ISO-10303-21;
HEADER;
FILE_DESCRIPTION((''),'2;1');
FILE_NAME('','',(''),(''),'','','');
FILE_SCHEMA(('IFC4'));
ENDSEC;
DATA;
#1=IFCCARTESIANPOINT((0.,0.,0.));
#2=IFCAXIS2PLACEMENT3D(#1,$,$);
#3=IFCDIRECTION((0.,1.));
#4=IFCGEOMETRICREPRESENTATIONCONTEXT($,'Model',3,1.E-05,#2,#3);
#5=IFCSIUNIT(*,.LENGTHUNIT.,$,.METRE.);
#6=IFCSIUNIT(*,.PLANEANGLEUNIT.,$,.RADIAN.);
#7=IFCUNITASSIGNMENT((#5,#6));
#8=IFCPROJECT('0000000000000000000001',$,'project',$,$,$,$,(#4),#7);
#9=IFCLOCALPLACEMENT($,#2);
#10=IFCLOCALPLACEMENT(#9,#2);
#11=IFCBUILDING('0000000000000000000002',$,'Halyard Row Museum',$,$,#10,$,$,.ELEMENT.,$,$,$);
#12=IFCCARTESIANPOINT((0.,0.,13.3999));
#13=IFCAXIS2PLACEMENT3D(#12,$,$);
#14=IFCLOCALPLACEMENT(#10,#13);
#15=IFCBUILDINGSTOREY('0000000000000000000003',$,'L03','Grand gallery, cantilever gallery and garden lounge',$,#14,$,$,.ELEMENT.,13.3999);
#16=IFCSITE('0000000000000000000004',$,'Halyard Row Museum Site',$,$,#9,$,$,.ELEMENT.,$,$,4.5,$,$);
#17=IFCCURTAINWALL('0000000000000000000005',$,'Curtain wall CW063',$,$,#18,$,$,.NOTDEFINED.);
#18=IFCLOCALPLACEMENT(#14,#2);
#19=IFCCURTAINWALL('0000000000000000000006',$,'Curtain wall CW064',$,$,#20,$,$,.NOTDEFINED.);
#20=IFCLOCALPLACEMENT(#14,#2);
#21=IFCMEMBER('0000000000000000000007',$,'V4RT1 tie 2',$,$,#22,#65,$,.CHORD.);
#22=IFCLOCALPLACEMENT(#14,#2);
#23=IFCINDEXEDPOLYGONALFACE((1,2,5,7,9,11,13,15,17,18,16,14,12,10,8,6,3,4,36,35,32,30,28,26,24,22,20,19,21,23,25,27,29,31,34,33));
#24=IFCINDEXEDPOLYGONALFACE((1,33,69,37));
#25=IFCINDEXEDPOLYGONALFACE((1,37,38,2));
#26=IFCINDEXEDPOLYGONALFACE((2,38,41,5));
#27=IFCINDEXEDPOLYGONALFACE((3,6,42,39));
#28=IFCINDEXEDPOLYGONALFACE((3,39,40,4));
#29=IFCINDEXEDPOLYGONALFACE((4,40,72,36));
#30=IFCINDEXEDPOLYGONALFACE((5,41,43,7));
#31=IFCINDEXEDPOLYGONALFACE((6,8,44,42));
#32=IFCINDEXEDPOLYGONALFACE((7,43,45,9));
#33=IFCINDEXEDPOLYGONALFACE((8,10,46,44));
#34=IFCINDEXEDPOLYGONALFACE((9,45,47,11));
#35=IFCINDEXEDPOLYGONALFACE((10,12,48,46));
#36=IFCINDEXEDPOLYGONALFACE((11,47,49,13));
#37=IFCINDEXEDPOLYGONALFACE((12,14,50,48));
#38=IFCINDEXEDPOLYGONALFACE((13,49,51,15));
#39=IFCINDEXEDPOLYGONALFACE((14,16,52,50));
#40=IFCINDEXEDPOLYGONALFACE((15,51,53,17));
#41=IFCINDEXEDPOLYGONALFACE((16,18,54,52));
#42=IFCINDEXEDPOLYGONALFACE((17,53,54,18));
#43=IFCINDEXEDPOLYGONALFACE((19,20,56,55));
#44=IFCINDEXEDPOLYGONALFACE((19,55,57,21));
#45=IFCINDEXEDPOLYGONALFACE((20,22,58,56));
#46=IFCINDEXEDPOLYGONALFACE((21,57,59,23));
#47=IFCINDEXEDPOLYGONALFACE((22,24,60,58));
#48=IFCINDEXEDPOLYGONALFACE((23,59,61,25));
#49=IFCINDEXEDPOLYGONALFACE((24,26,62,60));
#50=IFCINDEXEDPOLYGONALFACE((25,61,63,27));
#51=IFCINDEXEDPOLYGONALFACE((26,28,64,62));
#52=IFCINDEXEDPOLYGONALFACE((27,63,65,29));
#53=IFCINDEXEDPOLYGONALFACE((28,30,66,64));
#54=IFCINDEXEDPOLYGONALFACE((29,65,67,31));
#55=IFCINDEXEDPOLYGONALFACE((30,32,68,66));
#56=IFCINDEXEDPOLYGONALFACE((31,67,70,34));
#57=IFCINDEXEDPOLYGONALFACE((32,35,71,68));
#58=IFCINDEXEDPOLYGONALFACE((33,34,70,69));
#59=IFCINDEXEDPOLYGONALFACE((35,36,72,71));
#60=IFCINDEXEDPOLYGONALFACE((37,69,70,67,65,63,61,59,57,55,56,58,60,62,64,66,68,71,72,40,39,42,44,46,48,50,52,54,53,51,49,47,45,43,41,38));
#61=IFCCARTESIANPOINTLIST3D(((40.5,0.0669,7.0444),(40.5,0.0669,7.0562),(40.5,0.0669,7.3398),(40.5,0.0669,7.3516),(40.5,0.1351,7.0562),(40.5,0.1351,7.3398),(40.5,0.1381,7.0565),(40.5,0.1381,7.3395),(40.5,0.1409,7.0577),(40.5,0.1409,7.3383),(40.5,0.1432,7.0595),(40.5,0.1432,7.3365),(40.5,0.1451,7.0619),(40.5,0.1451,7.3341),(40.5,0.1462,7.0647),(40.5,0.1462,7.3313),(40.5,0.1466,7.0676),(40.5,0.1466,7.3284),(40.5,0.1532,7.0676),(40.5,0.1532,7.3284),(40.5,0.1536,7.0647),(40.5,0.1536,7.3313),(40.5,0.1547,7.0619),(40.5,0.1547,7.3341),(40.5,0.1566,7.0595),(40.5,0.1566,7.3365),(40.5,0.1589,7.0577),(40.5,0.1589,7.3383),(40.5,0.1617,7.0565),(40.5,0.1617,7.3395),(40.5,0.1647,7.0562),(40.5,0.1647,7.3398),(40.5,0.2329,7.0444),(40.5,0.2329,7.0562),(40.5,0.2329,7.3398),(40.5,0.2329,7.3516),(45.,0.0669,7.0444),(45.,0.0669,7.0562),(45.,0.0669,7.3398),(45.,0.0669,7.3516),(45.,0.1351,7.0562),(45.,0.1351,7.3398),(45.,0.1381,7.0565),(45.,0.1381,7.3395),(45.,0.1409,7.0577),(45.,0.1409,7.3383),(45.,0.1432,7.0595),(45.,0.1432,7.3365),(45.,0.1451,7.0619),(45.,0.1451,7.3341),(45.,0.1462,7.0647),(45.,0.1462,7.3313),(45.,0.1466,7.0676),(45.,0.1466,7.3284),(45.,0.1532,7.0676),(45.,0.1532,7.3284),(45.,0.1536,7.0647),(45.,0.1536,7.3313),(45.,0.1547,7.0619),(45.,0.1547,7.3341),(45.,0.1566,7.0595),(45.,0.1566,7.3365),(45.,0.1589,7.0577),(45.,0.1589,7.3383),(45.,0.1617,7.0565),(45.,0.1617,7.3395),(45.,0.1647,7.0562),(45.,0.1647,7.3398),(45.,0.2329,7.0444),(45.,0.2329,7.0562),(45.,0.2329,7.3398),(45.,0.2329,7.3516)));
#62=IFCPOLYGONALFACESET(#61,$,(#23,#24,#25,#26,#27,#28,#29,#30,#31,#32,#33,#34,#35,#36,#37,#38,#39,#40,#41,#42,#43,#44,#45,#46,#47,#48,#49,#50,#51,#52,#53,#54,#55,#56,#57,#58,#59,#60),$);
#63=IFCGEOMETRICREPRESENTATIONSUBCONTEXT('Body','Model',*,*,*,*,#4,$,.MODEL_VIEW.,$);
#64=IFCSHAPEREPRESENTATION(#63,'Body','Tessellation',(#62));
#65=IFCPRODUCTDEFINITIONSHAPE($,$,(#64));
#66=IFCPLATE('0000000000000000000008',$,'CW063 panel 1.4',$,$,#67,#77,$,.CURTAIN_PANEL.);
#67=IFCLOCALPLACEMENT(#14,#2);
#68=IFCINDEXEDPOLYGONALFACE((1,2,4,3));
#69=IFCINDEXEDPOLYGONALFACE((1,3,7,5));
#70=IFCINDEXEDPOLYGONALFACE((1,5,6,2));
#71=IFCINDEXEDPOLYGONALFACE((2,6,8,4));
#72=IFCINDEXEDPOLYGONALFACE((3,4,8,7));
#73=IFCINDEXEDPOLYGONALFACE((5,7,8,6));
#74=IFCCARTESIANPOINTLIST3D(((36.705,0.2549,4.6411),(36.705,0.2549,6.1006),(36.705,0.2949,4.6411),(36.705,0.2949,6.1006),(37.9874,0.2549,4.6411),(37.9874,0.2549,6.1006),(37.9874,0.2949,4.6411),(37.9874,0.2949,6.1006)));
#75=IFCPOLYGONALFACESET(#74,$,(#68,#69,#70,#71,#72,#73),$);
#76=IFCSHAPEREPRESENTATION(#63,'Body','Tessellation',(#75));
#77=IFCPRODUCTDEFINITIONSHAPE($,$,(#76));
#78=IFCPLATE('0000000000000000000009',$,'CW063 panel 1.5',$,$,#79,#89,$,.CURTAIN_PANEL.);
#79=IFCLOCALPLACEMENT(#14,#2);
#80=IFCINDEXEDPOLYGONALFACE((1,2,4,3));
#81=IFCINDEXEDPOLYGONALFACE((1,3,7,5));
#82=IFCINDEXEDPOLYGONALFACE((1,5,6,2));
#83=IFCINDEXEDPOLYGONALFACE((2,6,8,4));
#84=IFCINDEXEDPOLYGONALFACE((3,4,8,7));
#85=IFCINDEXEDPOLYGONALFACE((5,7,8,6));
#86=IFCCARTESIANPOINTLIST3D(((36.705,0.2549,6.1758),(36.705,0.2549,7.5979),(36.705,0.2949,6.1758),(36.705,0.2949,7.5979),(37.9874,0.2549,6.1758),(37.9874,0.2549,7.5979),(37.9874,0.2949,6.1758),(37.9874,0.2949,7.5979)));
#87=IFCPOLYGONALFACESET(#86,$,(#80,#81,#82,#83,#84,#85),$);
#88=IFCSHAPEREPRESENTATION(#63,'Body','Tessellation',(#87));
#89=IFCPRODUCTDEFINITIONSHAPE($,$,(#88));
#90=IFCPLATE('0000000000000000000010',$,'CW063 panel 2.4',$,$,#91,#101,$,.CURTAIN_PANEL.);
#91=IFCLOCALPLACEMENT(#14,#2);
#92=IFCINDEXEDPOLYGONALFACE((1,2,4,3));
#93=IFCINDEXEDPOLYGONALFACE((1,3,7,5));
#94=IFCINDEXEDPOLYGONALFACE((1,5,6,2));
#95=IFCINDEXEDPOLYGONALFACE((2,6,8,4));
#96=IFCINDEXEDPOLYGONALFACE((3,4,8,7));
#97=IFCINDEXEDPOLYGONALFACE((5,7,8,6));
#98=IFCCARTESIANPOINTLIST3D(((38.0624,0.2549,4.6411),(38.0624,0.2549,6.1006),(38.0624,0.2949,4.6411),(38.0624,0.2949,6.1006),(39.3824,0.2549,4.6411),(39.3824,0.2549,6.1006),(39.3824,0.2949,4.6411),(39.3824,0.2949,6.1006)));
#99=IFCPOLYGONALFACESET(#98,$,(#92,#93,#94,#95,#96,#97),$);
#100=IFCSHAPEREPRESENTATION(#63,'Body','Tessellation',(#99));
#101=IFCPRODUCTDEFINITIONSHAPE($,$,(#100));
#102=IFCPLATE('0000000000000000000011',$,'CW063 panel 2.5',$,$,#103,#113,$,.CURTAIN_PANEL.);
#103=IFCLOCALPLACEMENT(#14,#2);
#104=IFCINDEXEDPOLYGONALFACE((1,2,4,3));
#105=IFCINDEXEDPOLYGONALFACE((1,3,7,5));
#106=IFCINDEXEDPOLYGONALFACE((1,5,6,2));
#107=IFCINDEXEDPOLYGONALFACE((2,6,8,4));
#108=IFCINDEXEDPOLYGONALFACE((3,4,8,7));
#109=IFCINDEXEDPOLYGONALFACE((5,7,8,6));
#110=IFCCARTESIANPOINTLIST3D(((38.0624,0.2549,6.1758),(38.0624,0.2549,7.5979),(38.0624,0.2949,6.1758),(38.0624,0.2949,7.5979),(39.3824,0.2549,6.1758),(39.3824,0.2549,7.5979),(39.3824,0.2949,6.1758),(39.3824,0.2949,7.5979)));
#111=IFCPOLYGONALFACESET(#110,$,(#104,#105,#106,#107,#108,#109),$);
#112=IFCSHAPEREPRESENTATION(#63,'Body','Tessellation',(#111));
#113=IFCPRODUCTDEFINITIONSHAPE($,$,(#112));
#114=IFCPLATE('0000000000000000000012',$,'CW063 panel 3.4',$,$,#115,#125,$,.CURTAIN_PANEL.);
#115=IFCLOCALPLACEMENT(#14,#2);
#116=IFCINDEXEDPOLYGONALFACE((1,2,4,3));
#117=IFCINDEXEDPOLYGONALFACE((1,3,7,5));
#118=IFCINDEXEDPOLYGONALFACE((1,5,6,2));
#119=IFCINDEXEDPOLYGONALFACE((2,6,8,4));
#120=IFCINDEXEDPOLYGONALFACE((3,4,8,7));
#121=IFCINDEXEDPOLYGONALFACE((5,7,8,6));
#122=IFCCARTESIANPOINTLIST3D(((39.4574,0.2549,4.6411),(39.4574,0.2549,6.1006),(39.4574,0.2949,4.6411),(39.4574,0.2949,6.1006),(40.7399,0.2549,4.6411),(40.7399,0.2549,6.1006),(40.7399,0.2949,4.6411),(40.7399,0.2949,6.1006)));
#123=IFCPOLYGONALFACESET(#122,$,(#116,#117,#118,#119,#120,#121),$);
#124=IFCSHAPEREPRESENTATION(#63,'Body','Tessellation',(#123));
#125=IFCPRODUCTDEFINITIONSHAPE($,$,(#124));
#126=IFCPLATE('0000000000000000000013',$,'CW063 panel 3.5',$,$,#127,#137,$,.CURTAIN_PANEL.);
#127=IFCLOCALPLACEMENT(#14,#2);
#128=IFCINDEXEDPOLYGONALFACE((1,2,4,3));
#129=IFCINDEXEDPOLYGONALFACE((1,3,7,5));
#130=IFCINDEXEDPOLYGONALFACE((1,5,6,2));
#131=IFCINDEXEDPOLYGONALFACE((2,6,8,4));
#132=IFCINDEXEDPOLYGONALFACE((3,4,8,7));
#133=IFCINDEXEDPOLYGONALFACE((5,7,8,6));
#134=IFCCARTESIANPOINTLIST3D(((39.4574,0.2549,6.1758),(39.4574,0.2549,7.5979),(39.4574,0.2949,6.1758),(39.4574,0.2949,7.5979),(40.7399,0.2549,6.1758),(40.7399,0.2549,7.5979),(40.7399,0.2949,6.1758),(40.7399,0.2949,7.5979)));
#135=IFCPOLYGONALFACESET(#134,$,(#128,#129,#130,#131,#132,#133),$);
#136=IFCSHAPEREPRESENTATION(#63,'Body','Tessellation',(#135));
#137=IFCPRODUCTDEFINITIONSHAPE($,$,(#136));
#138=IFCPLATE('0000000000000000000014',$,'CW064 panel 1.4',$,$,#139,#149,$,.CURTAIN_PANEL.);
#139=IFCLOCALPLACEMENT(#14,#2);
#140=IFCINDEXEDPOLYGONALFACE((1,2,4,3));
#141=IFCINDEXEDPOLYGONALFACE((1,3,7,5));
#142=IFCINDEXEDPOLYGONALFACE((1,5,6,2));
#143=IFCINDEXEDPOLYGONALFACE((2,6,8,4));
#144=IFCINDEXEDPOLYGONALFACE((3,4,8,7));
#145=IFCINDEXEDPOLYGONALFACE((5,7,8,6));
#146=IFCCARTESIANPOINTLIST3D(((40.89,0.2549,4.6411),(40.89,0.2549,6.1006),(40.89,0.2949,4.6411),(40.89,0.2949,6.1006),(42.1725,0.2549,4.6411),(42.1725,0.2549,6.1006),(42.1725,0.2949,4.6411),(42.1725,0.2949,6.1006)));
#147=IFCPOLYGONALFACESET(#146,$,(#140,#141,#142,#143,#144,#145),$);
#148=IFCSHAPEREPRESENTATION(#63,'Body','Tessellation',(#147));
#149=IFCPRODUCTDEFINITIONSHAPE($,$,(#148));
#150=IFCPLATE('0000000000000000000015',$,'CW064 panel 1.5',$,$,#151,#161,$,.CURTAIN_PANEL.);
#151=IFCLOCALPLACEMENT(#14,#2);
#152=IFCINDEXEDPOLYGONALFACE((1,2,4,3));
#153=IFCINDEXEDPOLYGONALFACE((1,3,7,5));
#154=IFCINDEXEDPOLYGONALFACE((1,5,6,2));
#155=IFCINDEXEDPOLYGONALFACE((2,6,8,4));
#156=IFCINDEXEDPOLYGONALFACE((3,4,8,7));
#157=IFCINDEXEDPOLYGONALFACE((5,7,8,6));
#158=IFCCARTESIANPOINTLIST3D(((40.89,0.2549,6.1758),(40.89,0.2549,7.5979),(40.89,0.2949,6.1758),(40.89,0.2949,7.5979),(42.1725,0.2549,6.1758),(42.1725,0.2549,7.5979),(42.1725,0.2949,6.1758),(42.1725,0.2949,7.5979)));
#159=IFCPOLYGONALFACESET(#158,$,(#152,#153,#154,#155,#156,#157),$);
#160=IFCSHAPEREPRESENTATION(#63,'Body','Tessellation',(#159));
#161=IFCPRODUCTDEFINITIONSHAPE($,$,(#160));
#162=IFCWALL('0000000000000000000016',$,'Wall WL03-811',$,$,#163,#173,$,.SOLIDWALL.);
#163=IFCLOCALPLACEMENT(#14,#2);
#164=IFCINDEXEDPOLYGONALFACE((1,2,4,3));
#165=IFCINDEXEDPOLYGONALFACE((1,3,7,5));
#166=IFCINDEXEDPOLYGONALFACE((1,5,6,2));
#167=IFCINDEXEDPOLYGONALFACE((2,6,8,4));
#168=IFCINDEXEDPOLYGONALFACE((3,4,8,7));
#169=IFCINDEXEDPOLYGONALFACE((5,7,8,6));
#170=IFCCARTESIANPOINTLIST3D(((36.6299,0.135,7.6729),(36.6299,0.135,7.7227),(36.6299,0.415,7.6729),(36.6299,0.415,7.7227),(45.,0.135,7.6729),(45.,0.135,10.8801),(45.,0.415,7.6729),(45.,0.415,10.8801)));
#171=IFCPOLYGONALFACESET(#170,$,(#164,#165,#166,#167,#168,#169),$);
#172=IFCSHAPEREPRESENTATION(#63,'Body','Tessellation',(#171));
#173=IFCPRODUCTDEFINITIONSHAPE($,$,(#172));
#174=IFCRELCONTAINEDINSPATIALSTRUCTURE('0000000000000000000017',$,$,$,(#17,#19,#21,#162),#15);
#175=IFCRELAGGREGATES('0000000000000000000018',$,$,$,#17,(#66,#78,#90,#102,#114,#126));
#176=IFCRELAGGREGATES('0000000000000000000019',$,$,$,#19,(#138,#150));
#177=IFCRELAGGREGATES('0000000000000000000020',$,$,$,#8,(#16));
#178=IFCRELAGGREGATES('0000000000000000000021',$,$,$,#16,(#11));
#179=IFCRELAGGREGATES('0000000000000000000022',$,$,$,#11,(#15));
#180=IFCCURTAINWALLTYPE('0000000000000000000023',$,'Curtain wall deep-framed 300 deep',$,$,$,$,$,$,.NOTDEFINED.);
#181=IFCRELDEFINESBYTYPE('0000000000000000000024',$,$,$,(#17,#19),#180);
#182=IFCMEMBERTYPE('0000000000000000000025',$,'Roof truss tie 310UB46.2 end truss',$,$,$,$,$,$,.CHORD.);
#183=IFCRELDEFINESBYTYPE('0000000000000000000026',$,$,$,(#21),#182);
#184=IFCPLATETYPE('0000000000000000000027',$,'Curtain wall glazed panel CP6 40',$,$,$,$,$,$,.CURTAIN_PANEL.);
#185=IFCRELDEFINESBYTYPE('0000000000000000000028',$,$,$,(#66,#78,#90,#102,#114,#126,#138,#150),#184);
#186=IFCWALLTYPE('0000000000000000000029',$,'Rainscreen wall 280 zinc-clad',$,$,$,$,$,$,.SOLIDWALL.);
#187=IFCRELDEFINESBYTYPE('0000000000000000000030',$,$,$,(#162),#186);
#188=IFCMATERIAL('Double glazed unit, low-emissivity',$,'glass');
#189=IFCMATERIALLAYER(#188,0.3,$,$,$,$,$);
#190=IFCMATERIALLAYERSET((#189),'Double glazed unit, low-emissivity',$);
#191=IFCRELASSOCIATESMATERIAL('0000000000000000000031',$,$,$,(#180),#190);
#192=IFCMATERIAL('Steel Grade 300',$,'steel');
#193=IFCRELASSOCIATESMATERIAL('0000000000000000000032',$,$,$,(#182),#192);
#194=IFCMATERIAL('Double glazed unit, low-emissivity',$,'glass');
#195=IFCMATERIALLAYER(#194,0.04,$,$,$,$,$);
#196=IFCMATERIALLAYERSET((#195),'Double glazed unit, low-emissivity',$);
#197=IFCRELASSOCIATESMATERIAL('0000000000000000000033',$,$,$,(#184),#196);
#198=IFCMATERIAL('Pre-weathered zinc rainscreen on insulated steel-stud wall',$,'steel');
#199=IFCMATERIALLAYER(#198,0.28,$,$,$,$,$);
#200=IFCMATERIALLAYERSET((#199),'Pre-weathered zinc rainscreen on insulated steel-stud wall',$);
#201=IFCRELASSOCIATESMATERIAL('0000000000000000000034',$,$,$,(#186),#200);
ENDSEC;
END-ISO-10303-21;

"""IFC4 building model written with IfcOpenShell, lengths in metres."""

from ifc_helpers import new_model, si_unit, direction, frame, origin, origin_2d, place, context, subcontext, project, spatial, polyline, rectangle, i_section, outline, extrude, material, layer, layer_set, material_profile, profile_set, type_object, element, aggregate, save


model = new_model("IFC4")

# Units and contexts
model_context = context("Model", 3, precision=1e-05, world=origin(), true_north=direction((0.0, 1.0)))
body_context = subcontext(model_context, "Body", "Model", "MODEL_VIEW")
ifc_project = project(units=[si_unit("LENGTHUNIT", "METRE"), si_unit("PLANEANGLEUNIT", "RADIAN")], contexts=[model_context])

# Site, building, storey
site_placement = place(None, origin())
site = spatial("IfcSite", under=ifc_project, at=site_placement, Name="Halyard Row Museum Site", CompositionType="ELEMENT", RefElevation=4.5)
building_placement = place(site_placement, origin())
building = spatial("IfcBuilding", under=site, at=building_placement, Name="Halyard Row Museum", CompositionType="ELEMENT")
storey_placement = place(building_placement, frame((0.0, 0.0, 13.3999)))
storey = spatial("IfcBuildingStorey", under=building, at=storey_placement, Name="L03", Description="Grand gallery, cantilever gallery and garden lounge", CompositionType="ELEMENT", Elevation=13.3999)

# Curtain walls
ifc_material_1 = material(Name="Double glazed unit, low-emissivity", Category="glass")
ifc_layer_1 = layer(ifc_material_1, 0.3)
ifc_layer_set_1 = layer_set([ifc_layer_1], Name="Double glazed unit, low-emissivity")
curtain_wall_type = type_object("IfcCurtainWallType", Name="Curtain wall deep-framed 300 deep", PredefinedType="NOTDEFINED", material=ifc_layer_set_1)
curtain_wall_1_placement = place(storey_placement, origin())
curtain_wall_1 = element("IfcCurtainWall", 1, at=curtain_wall_1_placement, inside=storey, type_object=curtain_wall_type, Name="Curtain wall CW063", PredefinedType="NOTDEFINED")
curtain_wall_2_placement = place(storey_placement, origin())
curtain_wall_2 = element("IfcCurtainWall", 2, at=curtain_wall_2_placement, inside=storey, type_object=curtain_wall_type, Name="Curtain wall CW064", PredefinedType="NOTDEFINED")

# Member
ifc_material_2 = material(Name="Steel Grade 300", Category="steel")
ifc_material_profile_1 = material_profile(ifc_material_2, i_section(OverallWidth=0.166, OverallDepth=0.3071, WebThickness=0.0066, FlangeThickness=0.0117, FilletRadius=0.0115, at=origin_2d()), Name="310UB46.2")
ifc_profile_set_1 = profile_set([ifc_material_profile_1], Name="Steel Grade 300")
member_type_1 = type_object("IfcMemberType", Name="Roof truss tie 310UB46.2 end truss", PredefinedType="CHORD", material=ifc_profile_set_1)
member_1_placement = place(storey_placement, frame((40.5, 0.1499, 7.198), z_axis=(1.0, 0.0, 0.0), x_axis=(0.0, 1.0, 0.0)))
element("IfcMember", 3, at=member_1_placement, inside=storey, type_object=member_type_1, Name="V4RT1 tie 2", PredefinedType="CHORD", context=body_context, shape_type="SweptSolid", body=[
    extrude(i_section(OverallWidth=0.166, OverallDepth=0.3071, WebThickness=0.0066, FlangeThickness=0.0117, FilletRadius=0.0115, at=origin_2d()), origin(), (0.0, 0.0, 1.0), 4.5),
])

# Plates
ifc_material_3 = material(Name="Double glazed unit, low-emissivity", Category="glass")
ifc_layer_2 = layer(ifc_material_3, 0.04)
ifc_layer_set_2 = layer_set([ifc_layer_2], Name="Double glazed unit, low-emissivity")
plate_type = type_object("IfcPlateType", Name="Curtain wall glazed panel CP6 40", PredefinedType="CURTAIN_PANEL", material=ifc_layer_set_2)
plate_1_placement = place(storey_placement, frame((37.3462, 0.2749, 4.6411), z_axis=(0.0, 0.0, 1.0), x_axis=(1.0, 0.0, 0.0)))
plate_1 = element("IfcPlate", 4, at=plate_1_placement, type_object=plate_type, Name="CW063 panel 1.4", PredefinedType="CURTAIN_PANEL", context=body_context, shape_type="SweptSolid", body=[
    extrude(rectangle(XDim=1.2825, YDim=0.04, at=origin_2d()), origin(), (0.0, 0.0, 1.0), 1.4595),
])
plate_2_placement = place(storey_placement, frame((37.3462, 0.2749, 6.1758), z_axis=(0.0, 0.0, 1.0), x_axis=(1.0, 0.0, 0.0)))
plate_2 = element("IfcPlate", 5, at=plate_2_placement, type_object=plate_type, Name="CW063 panel 1.5", PredefinedType="CURTAIN_PANEL", context=body_context, shape_type="SweptSolid", body=[
    extrude(rectangle(XDim=1.2825, YDim=0.04, at=origin_2d()), origin(), (0.0, 0.0, 1.0), 1.4221),
])
plate_3_placement = place(storey_placement, frame((38.7224, 0.2749, 4.6411), z_axis=(0.0, 0.0, 1.0), x_axis=(1.0, 0.0, 0.0)))
plate_3 = element("IfcPlate", 6, at=plate_3_placement, type_object=plate_type, Name="CW063 panel 2.4", PredefinedType="CURTAIN_PANEL", context=body_context, shape_type="SweptSolid", body=[
    extrude(rectangle(XDim=1.3201, YDim=0.04, at=origin_2d()), origin(), (0.0, 0.0, 1.0), 1.4595),
])
plate_4_placement = place(storey_placement, frame((38.7224, 0.2749, 6.1758), z_axis=(0.0, 0.0, 1.0), x_axis=(1.0, 0.0, 0.0)))
plate_4 = element("IfcPlate", 7, at=plate_4_placement, type_object=plate_type, Name="CW063 panel 2.5", PredefinedType="CURTAIN_PANEL", context=body_context, shape_type="SweptSolid", body=[
    extrude(rectangle(XDim=1.3201, YDim=0.04, at=origin_2d()), origin(), (0.0, 0.0, 1.0), 1.4221),
])
plate_5_placement = place(storey_placement, frame((40.0986, 0.2749, 4.6411), z_axis=(0.0, 0.0, 1.0), x_axis=(1.0, 0.0, 0.0)))
plate_5 = element("IfcPlate", 8, at=plate_5_placement, type_object=plate_type, Name="CW063 panel 3.4", PredefinedType="CURTAIN_PANEL", context=body_context, shape_type="SweptSolid", body=[
    extrude(rectangle(XDim=1.2825, YDim=0.04, at=origin_2d()), origin(), (0.0, 0.0, 1.0), 1.4595),
])
plate_6_placement = place(storey_placement, frame((40.0986, 0.2749, 6.1758), z_axis=(0.0, 0.0, 1.0), x_axis=(1.0, 0.0, 0.0)))
plate_6 = element("IfcPlate", 9, at=plate_6_placement, type_object=plate_type, Name="CW063 panel 3.5", PredefinedType="CURTAIN_PANEL", context=body_context, shape_type="SweptSolid", body=[
    extrude(rectangle(XDim=1.2825, YDim=0.04, at=origin_2d()), origin(), (0.0, 0.0, 1.0), 1.4221),
])
aggregate(curtain_wall_1, [plate_1, plate_2, plate_3, plate_4, plate_5, plate_6])
plate_7_placement = place(storey_placement, frame((41.5312, 0.2749, 4.6411), z_axis=(0.0, 0.0, 1.0), x_axis=(1.0, 0.0, 0.0)))
plate_7 = element("IfcPlate", 10, at=plate_7_placement, type_object=plate_type, Name="CW064 panel 1.4", PredefinedType="CURTAIN_PANEL", context=body_context, shape_type="SweptSolid", body=[
    extrude(rectangle(XDim=1.2825, YDim=0.04, at=origin_2d()), origin(), (0.0, 0.0, 1.0), 1.4595),
])
plate_8_placement = place(storey_placement, frame((41.5312, 0.2749, 6.1758), z_axis=(0.0, 0.0, 1.0), x_axis=(1.0, 0.0, 0.0)))
plate_8 = element("IfcPlate", 11, at=plate_8_placement, type_object=plate_type, Name="CW064 panel 1.5", PredefinedType="CURTAIN_PANEL", context=body_context, shape_type="SweptSolid", body=[
    extrude(rectangle(XDim=1.2825, YDim=0.04, at=origin_2d()), origin(), (0.0, 0.0, 1.0), 1.4221),
])
aggregate(curtain_wall_2, [plate_7, plate_8])

# Wall
ifc_material_4 = material(Name="Pre-weathered zinc rainscreen on insulated steel-stud wall", Category="steel")
ifc_layer_3 = layer(ifc_material_4, 0.28)
ifc_layer_set_3 = layer_set([ifc_layer_3], Name="Pre-weathered zinc rainscreen on insulated steel-stud wall")
wall_type = type_object("IfcWallType", Name="Rainscreen wall 280 zinc-clad", PredefinedType="SOLIDWALL", material=ifc_layer_set_3)
wall_placement = place(storey_placement, frame((36.6299, 0.2749, 7.6729), z_axis=(0.0, 0.0, 1.0), x_axis=(1.0, 0.0, 0.0)))
element("IfcWall", 12, at=wall_placement, inside=storey, type_object=wall_type, Name="Wall WL03-811", PredefinedType="SOLIDWALL", context=body_context, shape_type="SweptSolid", body=[
    extrude(outline(polyline([(0.0, 0.0), (8.3701, 0.0), (8.3701, 3.2073), (0.0, 0.0498), (0.0, 0.0)])), frame((0.0, 0.1401, 0.0), z_axis=(0.0, -1.0, 0.0), x_axis=(1.0, 0.0, 0.0)), (0.0, 0.0, 1.0), 0.28),
])

save(model, "model.ifc")
